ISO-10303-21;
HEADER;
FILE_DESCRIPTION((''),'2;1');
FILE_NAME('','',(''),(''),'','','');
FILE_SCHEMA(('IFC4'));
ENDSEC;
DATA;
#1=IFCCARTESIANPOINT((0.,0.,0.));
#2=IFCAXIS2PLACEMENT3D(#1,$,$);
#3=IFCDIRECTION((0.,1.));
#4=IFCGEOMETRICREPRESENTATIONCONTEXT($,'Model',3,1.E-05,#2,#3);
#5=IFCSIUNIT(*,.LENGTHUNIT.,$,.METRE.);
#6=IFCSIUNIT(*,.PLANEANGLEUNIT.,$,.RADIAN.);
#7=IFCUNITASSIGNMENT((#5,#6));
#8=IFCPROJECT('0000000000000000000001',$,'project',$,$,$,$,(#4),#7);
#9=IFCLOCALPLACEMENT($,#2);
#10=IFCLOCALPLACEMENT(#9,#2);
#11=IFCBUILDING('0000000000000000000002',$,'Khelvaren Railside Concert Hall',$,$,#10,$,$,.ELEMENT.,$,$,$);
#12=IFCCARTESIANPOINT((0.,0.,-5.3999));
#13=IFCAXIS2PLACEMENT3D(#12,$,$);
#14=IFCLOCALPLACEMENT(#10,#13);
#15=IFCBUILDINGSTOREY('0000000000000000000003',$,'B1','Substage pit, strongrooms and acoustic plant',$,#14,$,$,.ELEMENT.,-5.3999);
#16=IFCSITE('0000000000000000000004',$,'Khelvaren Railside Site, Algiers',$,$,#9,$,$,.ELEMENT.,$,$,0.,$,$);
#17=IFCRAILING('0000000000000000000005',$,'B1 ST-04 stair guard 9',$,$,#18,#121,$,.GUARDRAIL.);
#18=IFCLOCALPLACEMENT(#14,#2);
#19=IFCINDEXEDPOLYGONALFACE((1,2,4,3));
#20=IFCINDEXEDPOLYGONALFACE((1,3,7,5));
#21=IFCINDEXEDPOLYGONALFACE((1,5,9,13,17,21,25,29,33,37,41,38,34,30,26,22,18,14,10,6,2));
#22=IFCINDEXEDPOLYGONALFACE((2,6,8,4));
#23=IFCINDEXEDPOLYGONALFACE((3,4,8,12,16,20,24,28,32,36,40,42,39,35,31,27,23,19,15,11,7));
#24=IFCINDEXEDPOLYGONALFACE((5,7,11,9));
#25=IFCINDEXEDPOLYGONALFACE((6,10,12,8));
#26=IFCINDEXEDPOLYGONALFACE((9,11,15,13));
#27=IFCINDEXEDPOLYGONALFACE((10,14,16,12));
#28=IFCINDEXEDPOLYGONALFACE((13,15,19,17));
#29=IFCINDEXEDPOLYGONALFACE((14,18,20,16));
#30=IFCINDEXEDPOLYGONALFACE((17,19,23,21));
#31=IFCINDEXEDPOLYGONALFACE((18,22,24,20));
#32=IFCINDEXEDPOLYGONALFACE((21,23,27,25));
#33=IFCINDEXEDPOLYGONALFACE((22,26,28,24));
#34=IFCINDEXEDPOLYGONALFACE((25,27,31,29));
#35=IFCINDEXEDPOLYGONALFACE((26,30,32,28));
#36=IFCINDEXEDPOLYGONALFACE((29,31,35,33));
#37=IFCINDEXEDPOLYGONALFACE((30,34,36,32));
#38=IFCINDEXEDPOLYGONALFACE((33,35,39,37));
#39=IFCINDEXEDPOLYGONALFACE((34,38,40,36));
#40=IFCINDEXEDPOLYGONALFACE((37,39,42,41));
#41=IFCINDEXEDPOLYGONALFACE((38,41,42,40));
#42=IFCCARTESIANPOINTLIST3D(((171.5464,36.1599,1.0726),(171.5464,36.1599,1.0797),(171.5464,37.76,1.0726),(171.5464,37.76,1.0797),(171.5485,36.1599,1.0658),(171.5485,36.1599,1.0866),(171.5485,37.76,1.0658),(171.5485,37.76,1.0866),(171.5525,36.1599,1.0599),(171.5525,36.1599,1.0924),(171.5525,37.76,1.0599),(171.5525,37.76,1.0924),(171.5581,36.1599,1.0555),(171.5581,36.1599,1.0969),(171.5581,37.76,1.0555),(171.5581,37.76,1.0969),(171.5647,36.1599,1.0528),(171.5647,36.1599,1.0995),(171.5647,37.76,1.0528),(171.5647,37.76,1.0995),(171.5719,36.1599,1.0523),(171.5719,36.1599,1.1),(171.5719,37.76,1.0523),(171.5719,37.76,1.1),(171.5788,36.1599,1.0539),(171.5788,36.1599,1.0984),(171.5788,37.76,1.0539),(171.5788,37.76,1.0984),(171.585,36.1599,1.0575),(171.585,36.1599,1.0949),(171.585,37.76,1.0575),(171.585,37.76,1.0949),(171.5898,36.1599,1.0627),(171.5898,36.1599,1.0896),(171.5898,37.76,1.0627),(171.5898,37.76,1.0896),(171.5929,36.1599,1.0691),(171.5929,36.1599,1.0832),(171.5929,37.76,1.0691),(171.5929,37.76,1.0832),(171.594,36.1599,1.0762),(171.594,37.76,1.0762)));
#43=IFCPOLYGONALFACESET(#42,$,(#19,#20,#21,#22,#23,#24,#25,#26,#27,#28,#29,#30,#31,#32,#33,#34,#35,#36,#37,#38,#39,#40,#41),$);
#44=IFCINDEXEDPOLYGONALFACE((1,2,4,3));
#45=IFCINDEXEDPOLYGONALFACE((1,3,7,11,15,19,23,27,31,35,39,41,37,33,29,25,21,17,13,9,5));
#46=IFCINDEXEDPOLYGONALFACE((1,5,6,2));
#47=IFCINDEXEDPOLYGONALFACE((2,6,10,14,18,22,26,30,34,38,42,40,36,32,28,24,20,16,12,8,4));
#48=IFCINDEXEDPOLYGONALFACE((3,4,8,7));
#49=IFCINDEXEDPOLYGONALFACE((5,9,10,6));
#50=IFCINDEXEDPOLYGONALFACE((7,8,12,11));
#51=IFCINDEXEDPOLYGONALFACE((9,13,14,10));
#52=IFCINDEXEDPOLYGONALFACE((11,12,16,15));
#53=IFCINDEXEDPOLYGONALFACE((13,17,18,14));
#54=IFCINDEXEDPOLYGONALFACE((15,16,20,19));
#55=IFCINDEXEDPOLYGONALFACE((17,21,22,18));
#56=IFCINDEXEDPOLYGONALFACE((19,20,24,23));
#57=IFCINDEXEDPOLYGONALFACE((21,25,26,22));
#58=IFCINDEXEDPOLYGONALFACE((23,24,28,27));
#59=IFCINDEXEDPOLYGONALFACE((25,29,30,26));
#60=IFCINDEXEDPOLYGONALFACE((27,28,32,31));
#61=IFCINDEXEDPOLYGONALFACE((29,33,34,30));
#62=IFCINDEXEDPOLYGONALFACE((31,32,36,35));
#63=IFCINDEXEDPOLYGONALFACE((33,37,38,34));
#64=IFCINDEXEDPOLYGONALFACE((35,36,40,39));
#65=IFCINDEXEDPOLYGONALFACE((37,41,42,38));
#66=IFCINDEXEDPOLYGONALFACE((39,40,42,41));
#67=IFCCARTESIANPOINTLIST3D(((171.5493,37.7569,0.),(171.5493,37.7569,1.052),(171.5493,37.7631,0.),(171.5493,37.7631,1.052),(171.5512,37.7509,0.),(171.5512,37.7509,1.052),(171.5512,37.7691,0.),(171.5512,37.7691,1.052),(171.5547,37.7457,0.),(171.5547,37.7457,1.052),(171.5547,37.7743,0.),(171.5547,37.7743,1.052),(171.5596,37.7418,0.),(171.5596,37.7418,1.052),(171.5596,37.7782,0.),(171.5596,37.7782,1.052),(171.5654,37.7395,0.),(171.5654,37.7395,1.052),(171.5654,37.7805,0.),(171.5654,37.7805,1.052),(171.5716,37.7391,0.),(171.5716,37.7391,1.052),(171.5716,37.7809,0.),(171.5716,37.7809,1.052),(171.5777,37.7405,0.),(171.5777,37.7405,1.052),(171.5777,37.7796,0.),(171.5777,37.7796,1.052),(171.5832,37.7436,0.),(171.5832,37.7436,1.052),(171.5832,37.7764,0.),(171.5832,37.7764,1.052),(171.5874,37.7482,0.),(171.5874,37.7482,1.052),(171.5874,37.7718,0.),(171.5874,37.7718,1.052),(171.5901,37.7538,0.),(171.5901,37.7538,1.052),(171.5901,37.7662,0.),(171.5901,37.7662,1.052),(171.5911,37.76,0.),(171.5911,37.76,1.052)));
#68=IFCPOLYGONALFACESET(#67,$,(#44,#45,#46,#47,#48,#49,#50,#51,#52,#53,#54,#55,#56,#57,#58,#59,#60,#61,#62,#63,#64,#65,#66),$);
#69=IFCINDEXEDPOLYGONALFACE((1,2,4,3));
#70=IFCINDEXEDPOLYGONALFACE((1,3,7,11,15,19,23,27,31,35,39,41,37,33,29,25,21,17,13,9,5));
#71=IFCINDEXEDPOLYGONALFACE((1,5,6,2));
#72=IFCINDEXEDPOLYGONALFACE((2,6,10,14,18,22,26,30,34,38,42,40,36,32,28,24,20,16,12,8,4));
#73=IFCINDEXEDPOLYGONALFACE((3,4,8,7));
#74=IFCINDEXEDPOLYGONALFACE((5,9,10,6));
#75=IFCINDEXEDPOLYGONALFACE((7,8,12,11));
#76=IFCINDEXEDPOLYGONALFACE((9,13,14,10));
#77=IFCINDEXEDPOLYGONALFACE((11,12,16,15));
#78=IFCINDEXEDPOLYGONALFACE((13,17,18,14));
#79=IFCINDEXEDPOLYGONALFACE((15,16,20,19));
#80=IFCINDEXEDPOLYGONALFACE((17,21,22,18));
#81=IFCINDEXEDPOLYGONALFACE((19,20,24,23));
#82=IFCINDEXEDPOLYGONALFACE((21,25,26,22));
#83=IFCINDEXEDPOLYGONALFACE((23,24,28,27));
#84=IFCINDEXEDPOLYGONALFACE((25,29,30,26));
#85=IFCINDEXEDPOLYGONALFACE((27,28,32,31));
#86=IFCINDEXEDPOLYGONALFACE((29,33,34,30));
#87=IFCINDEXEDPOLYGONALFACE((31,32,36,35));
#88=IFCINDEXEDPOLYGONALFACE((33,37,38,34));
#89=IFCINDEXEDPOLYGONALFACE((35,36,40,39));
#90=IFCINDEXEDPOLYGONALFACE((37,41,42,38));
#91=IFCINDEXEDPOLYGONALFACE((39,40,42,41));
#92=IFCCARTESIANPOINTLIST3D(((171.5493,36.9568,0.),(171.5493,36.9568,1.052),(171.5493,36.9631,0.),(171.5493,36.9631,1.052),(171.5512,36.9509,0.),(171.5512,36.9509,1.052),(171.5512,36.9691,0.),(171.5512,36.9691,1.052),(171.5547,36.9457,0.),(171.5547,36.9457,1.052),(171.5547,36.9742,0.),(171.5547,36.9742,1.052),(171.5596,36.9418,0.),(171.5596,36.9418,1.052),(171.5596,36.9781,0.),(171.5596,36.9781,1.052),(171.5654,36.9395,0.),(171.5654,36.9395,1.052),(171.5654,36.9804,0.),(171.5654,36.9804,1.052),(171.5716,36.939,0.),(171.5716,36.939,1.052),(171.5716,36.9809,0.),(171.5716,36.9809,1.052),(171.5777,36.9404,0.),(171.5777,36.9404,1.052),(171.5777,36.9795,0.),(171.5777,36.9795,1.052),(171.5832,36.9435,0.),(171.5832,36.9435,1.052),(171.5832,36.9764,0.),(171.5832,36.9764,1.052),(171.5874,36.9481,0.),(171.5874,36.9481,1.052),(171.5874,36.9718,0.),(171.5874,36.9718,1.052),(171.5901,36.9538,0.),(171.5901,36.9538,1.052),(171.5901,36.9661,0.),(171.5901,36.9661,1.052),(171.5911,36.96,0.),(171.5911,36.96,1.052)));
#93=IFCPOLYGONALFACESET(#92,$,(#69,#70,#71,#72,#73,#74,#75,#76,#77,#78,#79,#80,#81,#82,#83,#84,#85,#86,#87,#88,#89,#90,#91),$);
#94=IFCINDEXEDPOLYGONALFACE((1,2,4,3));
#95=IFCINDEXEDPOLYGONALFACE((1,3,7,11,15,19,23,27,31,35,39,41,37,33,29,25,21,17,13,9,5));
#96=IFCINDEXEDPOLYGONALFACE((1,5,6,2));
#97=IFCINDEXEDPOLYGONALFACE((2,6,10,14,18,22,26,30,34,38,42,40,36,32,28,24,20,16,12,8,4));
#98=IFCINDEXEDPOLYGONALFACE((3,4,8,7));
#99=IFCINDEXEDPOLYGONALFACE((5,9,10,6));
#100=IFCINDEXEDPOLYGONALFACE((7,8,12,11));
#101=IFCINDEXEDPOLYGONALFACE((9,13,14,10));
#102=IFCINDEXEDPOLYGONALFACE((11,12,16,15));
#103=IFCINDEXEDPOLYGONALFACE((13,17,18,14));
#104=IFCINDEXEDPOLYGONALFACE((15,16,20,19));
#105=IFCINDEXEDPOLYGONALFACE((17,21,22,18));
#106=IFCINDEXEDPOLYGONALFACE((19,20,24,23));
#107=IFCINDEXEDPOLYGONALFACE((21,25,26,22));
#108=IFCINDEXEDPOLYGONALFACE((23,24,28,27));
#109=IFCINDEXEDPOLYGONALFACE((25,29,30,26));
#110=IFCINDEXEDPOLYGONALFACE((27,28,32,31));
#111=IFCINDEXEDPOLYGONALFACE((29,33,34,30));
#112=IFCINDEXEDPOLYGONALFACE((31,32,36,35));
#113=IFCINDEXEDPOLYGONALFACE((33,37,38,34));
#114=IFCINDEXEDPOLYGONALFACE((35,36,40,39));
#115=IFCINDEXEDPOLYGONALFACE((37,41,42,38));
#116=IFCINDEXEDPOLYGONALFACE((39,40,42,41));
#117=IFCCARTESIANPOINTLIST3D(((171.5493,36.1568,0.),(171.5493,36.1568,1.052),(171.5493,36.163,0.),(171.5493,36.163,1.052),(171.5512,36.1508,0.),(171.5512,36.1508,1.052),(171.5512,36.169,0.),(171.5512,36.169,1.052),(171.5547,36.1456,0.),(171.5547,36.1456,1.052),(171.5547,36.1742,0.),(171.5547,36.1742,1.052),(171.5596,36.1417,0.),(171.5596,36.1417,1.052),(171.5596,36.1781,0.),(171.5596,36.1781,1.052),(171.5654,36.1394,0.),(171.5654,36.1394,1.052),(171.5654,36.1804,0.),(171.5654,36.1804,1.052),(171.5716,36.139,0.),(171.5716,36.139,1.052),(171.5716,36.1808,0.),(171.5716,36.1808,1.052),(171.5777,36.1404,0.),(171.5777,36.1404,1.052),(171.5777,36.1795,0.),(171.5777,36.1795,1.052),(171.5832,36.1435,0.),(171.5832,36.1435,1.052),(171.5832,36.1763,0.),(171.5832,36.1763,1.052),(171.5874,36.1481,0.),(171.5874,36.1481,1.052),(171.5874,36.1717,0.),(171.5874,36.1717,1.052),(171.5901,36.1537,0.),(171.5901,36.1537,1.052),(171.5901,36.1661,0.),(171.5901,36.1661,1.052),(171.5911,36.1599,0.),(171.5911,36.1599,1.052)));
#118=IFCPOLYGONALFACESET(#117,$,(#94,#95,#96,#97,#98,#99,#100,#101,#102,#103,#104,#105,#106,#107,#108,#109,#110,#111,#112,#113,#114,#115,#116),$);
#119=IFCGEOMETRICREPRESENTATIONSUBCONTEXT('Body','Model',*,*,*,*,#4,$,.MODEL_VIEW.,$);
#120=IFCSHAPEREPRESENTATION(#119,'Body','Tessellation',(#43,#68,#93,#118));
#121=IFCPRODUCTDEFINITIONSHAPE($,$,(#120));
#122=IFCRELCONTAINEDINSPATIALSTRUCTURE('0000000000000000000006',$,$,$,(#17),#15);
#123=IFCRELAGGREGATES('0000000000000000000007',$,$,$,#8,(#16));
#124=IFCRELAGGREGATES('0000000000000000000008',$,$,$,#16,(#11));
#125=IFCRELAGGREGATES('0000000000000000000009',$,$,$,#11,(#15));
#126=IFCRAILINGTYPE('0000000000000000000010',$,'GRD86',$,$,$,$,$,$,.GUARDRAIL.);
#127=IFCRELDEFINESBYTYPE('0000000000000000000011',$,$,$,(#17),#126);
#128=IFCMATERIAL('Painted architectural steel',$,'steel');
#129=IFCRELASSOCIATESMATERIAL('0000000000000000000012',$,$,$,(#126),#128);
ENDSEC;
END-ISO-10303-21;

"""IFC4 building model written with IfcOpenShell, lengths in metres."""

from ifc_helpers import new_model, si_unit, direction, frame, origin, origin_2d, place, context, subcontext, project, spatial, circle, extrude, material, type_object, element, save


model = new_model("IFC4")

# Units and contexts
model_context = context("Model", 3, precision=1e-05, world=origin(), true_north=direction((0.0, 1.0)))
body_context = subcontext(model_context, "Body", "Model", "MODEL_VIEW")
ifc_project = project(units=[si_unit("LENGTHUNIT", "METRE"), si_unit("PLANEANGLEUNIT", "RADIAN")], contexts=[model_context])

# Site, building, storey
site_placement = place(None, origin())
site = spatial("IfcSite", under=ifc_project, at=site_placement, Name="Khelvaren Railside Site, Algiers", CompositionType="ELEMENT", RefElevation=0.0)
building_placement = place(site_placement, origin())
building = spatial("IfcBuilding", under=site, at=building_placement, Name="Khelvaren Railside Concert Hall", CompositionType="ELEMENT")
storey_placement = place(building_placement, frame((0.0, 0.0, -5.3999)))
storey = spatial("IfcBuildingStorey", under=building, at=storey_placement, Name="B1", Description="Substage pit, strongrooms and acoustic plant", CompositionType="ELEMENT", Elevation=-5.3999)

# Railing
ifc_material_1 = material(Name="Painted architectural steel", Category="steel")
railing_type_1 = type_object("IfcRailingType", Name="GRD86", PredefinedType="GUARDRAIL", material=ifc_material_1)
railing_1_placement = place(storey_placement, frame((171.5701, 37.76, 0.0)))
element("IfcRailing", 1, at=railing_1_placement, inside=storey, type_object=railing_type_1, Name="B1 ST-04 stair guard 9", PredefinedType="GUARDRAIL", context=body_context, shape_type="SweptSolid", body=[
    extrude(circle(Radius=0.0239, at=origin_2d()), frame((0.0, 0.0, 1.0762), z_axis=(0.0, -1.0, 0.0), x_axis=(1.0, 0.0, 0.0)), (0.0, 0.0, 1.0), 1.6001),
    extrude(circle(Radius=0.021, at=origin_2d()), origin(), (0.0, 0.0, 1.0), 1.052),
    extrude(circle(Radius=0.021, at=origin_2d()), frame((0.0, -0.8, 0.0)), (0.0, 0.0, 1.0), 1.052),
    extrude(circle(Radius=0.021, at=origin_2d()), frame((0.0, -1.6001, 0.0)), (0.0, 0.0, 1.0), 1.052),
])

save(model, "model.ifc")
